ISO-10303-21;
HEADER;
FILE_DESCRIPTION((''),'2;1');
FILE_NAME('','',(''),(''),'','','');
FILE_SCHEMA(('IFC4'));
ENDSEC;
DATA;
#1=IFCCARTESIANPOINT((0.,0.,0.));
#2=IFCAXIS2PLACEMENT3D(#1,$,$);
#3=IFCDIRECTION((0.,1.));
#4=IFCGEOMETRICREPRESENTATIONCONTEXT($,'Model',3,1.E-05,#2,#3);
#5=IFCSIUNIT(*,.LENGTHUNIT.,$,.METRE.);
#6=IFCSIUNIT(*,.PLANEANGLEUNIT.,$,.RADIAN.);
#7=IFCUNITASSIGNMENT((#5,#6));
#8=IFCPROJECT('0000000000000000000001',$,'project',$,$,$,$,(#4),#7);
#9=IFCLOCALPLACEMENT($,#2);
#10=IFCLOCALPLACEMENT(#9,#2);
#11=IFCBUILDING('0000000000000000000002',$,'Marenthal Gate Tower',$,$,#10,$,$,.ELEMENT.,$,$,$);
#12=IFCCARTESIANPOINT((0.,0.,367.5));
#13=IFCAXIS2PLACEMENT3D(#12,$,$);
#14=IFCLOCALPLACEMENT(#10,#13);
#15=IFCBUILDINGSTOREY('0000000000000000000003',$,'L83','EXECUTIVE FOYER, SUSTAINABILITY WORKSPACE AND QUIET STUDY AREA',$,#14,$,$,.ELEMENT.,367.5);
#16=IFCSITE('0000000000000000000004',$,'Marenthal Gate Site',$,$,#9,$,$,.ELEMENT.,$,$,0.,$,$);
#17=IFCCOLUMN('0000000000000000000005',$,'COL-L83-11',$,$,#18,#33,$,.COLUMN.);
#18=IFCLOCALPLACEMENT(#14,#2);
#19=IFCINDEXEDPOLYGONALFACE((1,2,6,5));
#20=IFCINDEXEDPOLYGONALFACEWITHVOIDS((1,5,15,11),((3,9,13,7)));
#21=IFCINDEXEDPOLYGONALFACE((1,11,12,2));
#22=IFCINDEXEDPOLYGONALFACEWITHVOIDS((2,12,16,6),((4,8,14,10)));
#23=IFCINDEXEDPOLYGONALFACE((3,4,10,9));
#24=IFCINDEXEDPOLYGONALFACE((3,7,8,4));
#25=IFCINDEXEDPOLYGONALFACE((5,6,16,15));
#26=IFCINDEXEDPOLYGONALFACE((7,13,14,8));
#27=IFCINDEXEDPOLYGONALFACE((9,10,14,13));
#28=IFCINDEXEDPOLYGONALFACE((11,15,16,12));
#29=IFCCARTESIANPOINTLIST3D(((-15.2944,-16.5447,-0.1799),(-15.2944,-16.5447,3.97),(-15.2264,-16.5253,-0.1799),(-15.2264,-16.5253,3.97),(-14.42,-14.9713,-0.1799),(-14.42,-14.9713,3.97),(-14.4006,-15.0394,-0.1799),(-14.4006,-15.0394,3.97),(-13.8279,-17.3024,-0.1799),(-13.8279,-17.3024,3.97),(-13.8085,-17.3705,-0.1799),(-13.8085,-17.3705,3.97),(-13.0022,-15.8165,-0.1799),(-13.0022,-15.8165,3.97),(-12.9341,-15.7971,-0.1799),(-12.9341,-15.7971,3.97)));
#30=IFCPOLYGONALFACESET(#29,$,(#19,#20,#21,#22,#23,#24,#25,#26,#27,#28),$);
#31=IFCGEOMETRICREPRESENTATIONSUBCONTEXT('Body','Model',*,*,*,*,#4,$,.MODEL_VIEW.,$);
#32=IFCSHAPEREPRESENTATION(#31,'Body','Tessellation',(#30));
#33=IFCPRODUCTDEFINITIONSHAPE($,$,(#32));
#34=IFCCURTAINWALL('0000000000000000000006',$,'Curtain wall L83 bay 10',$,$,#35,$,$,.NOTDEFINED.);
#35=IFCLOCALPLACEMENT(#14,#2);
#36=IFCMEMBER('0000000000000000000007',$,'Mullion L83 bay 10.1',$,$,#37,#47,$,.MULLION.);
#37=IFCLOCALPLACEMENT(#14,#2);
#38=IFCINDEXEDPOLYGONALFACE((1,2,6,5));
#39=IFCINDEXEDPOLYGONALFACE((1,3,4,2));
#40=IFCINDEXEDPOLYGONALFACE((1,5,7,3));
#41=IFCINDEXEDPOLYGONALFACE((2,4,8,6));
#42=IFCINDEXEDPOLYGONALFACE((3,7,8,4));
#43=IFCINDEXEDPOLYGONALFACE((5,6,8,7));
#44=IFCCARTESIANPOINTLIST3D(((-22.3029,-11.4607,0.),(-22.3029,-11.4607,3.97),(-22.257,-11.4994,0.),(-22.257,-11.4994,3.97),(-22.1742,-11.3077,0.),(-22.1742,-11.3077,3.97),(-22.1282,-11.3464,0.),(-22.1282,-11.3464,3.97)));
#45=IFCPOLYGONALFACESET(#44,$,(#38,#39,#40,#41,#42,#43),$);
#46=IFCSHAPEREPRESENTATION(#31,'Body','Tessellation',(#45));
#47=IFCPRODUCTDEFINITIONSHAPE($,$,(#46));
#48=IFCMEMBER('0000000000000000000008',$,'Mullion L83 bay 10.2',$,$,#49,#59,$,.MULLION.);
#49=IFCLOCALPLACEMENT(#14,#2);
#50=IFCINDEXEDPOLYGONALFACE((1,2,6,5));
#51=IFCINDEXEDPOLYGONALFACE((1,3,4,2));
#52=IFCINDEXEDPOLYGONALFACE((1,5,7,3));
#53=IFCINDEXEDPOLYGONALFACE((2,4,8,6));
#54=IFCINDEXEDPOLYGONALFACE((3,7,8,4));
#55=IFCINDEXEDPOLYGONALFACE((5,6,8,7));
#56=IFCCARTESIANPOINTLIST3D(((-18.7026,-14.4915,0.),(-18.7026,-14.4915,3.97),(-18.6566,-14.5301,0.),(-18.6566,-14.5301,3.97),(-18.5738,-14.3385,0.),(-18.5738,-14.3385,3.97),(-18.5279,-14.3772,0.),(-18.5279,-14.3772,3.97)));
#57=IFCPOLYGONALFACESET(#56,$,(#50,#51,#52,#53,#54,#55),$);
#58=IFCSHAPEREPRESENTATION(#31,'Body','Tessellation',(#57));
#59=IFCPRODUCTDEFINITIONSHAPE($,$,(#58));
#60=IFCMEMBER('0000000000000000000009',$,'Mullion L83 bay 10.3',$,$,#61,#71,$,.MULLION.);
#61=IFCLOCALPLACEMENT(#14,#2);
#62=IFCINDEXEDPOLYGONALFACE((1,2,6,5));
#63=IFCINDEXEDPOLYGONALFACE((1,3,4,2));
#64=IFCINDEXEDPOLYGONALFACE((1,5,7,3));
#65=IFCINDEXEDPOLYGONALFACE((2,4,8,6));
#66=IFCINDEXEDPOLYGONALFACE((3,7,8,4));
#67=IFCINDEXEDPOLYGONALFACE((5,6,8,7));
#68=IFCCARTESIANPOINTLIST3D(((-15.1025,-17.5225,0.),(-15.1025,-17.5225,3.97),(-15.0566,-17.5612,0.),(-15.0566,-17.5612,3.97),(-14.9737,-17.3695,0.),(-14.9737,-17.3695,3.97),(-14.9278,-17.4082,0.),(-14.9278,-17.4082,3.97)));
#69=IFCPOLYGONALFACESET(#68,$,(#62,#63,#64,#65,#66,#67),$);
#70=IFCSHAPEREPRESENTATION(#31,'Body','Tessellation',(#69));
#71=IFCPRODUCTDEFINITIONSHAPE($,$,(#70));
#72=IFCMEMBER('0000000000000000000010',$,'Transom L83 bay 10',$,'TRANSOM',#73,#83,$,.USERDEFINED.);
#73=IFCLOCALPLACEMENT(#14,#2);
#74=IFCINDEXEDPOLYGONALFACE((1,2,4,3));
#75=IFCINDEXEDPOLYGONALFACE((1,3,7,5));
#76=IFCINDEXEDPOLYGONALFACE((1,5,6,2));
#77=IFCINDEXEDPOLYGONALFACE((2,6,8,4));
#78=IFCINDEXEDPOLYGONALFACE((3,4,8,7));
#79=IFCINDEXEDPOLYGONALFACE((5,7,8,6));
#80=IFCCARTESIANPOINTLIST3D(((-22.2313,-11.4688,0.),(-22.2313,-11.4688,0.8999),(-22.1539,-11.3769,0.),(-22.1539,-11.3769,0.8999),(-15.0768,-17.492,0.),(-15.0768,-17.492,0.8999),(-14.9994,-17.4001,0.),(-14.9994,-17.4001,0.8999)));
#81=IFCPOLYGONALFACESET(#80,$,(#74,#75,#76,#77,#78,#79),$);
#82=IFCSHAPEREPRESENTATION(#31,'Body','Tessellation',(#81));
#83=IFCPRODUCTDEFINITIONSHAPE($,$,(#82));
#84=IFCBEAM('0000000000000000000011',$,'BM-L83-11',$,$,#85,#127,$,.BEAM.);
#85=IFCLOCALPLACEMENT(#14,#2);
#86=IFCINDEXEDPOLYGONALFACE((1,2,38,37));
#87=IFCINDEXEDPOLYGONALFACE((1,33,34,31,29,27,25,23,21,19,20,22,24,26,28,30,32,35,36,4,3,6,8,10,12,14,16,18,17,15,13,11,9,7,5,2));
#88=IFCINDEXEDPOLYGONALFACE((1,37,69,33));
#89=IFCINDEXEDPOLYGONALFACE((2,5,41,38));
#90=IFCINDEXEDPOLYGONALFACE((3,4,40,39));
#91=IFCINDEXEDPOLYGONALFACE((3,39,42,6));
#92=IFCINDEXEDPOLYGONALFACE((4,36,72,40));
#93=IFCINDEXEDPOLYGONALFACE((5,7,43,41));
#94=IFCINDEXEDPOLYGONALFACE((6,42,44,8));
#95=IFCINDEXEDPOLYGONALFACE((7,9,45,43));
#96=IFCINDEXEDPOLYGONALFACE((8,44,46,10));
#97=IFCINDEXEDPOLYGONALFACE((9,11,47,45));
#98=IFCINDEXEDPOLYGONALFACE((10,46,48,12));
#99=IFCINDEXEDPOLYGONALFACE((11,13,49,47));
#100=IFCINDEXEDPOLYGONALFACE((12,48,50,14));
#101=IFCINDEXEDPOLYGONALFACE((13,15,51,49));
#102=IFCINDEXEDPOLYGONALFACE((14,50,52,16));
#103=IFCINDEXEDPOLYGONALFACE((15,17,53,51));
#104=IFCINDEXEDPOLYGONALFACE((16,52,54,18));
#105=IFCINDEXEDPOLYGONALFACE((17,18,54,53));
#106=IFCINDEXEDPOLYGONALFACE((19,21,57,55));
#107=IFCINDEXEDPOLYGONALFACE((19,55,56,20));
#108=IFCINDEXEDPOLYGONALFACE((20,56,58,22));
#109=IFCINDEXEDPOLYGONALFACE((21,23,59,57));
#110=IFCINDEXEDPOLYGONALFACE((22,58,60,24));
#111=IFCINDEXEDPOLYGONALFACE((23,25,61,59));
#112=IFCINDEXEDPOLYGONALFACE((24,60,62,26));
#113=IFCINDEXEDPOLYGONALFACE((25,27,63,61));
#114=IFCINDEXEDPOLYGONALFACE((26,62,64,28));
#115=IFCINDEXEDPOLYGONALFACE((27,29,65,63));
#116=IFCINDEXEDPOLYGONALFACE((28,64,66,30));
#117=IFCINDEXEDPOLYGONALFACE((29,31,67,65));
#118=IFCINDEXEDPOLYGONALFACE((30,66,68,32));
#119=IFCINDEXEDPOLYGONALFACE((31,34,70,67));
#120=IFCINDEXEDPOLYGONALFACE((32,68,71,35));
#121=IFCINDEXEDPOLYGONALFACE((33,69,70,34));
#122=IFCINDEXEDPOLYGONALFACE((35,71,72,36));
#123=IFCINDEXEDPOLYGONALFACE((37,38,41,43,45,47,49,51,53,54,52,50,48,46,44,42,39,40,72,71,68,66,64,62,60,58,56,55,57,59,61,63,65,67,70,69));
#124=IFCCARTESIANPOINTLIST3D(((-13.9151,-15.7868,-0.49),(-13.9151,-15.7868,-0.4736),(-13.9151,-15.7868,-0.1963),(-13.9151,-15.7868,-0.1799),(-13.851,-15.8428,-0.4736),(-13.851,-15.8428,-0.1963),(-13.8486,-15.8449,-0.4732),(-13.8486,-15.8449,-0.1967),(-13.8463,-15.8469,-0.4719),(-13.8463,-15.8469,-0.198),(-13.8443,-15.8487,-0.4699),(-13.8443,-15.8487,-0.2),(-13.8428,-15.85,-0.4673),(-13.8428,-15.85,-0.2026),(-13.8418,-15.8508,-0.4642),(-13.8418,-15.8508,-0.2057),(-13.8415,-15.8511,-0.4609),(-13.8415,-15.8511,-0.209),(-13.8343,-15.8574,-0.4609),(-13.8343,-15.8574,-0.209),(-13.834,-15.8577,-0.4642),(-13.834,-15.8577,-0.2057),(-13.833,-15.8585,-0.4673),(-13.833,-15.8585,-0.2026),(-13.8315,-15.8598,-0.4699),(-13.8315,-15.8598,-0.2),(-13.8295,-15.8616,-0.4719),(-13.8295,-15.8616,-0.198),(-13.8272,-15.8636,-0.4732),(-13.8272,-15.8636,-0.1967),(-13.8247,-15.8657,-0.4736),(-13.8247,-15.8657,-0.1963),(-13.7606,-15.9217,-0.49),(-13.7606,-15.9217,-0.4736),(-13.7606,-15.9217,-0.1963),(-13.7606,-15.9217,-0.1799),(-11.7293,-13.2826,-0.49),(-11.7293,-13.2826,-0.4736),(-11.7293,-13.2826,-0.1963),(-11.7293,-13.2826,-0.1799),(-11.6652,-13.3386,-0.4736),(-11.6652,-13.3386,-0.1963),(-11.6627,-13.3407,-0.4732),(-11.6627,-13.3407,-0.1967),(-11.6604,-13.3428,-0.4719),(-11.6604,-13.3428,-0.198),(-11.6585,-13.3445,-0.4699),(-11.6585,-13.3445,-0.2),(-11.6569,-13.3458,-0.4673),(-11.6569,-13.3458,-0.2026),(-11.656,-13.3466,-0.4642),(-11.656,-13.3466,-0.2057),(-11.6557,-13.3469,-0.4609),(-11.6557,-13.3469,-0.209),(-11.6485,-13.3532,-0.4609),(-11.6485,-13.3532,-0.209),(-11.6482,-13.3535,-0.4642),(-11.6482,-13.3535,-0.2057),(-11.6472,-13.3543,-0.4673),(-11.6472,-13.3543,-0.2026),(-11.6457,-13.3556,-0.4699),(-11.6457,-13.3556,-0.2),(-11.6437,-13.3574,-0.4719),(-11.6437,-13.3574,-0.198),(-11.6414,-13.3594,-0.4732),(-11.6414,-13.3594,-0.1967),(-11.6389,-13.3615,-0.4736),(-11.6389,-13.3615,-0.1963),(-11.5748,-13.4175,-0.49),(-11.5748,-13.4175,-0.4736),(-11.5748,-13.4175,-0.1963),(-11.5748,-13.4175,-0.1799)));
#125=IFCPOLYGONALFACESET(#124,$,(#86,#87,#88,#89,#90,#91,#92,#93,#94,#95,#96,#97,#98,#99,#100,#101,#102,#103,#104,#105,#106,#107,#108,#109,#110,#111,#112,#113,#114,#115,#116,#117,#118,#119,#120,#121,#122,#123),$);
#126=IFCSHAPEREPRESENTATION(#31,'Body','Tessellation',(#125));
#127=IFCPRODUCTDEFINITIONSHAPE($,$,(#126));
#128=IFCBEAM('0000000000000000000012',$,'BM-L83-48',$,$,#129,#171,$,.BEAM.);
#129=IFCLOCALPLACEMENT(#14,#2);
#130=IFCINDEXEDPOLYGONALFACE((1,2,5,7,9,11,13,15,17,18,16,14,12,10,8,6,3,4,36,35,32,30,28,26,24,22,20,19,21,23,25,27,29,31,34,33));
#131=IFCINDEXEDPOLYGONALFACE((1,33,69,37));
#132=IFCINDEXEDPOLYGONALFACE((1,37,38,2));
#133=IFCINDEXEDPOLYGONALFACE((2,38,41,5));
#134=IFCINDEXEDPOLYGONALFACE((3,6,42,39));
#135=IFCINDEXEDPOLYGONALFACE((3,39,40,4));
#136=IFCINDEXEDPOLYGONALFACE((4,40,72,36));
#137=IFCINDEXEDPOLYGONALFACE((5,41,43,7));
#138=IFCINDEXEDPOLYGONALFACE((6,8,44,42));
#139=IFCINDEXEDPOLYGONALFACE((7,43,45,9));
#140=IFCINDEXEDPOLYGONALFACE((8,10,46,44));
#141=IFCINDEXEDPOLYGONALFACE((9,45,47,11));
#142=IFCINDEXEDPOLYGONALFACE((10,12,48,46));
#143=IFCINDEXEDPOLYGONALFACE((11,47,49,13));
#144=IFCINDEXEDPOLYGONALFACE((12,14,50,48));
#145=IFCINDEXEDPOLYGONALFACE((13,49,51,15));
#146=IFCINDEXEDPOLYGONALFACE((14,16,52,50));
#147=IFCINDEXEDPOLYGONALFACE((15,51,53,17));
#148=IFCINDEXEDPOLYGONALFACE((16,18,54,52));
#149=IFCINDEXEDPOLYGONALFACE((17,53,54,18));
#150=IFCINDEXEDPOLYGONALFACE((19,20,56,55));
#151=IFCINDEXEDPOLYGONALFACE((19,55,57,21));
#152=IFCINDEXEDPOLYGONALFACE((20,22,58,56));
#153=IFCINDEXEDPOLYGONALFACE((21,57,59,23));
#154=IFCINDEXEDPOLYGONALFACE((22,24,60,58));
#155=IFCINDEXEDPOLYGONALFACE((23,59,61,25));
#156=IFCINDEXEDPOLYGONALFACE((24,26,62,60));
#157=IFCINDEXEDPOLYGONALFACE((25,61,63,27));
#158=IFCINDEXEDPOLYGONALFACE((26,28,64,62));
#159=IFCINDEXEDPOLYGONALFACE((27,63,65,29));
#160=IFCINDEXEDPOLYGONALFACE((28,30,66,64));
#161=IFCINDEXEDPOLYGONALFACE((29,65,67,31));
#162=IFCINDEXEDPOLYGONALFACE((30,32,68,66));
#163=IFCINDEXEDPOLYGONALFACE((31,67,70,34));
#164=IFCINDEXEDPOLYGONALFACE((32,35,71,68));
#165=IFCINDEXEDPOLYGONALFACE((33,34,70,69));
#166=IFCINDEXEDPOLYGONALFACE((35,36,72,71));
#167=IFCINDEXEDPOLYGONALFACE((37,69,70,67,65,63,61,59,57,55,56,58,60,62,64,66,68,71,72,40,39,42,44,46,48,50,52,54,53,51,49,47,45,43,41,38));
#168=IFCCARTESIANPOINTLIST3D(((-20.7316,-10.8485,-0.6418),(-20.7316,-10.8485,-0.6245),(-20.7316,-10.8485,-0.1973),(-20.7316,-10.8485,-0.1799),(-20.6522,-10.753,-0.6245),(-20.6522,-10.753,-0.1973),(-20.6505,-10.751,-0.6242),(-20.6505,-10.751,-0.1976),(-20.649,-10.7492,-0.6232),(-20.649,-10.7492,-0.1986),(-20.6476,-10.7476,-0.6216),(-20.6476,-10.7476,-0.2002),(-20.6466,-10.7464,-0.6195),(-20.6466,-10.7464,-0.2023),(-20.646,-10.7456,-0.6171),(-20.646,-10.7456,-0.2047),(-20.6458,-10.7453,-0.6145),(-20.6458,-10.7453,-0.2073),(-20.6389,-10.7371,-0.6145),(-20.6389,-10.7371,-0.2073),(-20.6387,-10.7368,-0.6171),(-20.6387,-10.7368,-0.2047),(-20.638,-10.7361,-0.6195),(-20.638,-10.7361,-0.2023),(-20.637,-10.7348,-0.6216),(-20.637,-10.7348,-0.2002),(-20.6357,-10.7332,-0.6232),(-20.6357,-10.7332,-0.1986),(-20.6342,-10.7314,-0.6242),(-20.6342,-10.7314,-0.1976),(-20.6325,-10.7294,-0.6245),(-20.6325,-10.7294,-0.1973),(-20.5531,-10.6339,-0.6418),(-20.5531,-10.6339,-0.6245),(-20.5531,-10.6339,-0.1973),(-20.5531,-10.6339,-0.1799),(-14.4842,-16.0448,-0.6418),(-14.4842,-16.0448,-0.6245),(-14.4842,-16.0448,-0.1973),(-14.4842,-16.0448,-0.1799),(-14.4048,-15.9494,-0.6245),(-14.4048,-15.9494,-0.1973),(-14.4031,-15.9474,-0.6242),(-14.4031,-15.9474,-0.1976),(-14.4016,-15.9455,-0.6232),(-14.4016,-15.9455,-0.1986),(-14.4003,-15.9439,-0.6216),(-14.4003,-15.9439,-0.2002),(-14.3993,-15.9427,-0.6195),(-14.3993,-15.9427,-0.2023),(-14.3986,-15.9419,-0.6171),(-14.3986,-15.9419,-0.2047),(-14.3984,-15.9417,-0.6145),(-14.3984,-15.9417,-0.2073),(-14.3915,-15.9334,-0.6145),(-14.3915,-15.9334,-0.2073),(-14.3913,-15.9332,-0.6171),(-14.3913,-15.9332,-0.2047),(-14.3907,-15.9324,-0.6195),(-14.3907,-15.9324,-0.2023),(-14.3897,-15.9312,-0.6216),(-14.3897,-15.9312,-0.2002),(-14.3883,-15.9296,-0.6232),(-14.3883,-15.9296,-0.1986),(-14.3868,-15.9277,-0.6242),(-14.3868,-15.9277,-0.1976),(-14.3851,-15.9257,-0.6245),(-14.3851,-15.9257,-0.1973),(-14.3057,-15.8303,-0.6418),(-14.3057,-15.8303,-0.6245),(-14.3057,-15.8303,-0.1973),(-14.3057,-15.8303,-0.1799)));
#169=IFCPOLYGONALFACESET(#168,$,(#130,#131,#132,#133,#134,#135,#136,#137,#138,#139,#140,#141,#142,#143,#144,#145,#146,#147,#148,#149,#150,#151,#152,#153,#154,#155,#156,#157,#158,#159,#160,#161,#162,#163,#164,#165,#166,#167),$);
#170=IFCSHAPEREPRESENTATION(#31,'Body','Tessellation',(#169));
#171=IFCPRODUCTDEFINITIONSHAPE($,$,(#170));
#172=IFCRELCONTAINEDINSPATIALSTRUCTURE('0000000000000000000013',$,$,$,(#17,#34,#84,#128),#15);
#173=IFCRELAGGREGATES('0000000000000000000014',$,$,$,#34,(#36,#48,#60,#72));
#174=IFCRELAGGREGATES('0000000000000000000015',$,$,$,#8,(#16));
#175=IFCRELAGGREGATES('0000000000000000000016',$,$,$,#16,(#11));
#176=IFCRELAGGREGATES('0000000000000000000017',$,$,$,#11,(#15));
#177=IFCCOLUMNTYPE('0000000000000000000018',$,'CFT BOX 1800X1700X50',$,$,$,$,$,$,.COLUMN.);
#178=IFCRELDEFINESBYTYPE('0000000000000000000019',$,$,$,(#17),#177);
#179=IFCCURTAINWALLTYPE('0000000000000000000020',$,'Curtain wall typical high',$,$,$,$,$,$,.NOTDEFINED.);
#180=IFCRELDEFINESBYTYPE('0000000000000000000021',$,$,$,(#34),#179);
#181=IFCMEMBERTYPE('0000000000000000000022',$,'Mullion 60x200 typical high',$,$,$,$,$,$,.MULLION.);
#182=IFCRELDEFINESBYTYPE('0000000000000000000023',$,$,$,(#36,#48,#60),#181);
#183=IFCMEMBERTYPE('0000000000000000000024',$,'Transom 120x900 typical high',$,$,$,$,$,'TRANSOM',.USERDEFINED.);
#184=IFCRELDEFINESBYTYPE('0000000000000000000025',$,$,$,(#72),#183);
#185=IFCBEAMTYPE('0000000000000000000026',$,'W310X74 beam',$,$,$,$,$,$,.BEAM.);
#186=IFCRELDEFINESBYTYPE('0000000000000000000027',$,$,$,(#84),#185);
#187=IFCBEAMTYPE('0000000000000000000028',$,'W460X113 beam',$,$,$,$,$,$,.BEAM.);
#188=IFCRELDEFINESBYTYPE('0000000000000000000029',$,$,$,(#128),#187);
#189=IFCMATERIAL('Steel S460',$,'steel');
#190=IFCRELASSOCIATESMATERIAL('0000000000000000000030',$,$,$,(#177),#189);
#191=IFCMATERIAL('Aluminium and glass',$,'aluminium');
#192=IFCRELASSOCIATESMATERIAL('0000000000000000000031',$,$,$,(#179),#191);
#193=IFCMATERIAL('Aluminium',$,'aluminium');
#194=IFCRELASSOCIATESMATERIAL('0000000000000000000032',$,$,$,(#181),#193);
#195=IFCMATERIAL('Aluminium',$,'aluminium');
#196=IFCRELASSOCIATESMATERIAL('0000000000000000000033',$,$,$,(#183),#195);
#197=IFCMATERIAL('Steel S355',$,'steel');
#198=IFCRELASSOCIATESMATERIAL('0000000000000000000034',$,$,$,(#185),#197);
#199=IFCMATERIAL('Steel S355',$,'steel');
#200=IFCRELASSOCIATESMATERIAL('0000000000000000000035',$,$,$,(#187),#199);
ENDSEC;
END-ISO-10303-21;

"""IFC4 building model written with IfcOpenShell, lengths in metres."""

from ifc_helpers import new_model, si_unit, direction, frame, origin, origin_2d, place, context, subcontext, project, spatial, rectangle, hollow_rectangle, i_section, extrude, material, material_profile, profile_set, type_object, element, aggregate, save


model = new_model("IFC4")

# Units and contexts
model_context = context("Model", 3, precision=1e-05, world=origin(), true_north=direction((0.0, 1.0)))
body_context = subcontext(model_context, "Body", "Model", "MODEL_VIEW")
ifc_project = project(units=[si_unit("LENGTHUNIT", "METRE"), si_unit("PLANEANGLEUNIT", "RADIAN")], contexts=[model_context])

# Site, building, storey
site_placement = place(None, origin())
site = spatial("IfcSite", under=ifc_project, at=site_placement, Name="Marenthal Gate Site", CompositionType="ELEMENT", RefElevation=0.0)
building_placement = place(site_placement, origin())
building = spatial("IfcBuilding", under=site, at=building_placement, Name="Marenthal Gate Tower", CompositionType="ELEMENT")
storey_placement = place(building_placement, frame((0.0, 0.0, 367.5)))
storey = spatial("IfcBuildingStorey", under=building, at=storey_placement, Name="L83", Description="EXECUTIVE FOYER, SUSTAINABILITY WORKSPACE AND QUIET STUDY AREA", CompositionType="ELEMENT", Elevation=367.5)

# Column
ifc_material_1 = material(Name="Steel S460", Category="steel")
ifc_material_profile_1 = material_profile(ifc_material_1, hollow_rectangle(XDim=1.7, YDim=1.8, WallThickness=0.05, at=origin_2d()), Name="CFT BOX 1800X1700X50")
ifc_material_2 = material(Name="Concrete 70 MPa", Category="concrete")
ifc_material_profile_2 = material_profile(ifc_material_2, rectangle(XDim=1.6001, YDim=1.7, at=origin_2d()), Name="CFT BOX 1800X1700X50 INFILL")
ifc_profile_set_1 = profile_set([ifc_material_profile_1, ifc_material_profile_2], Name="Steel S460 shell, Concrete 70 MPa infill")
column_type = type_object("IfcColumnType", Name="CFT BOX 1800X1700X50", PredefinedType="COLUMN", material=ifc_profile_set_1)
column_placement = place(storey_placement, frame((-14.1143, -16.1709, -0.1799), z_axis=(0.0, 0.0, 1.0), x_axis=(-0.874089, 0.485765, 0.0)))
element("IfcColumn", 1, at=column_placement, inside=storey, type_object=column_type, Name="COL-L83-11", PredefinedType="COLUMN", context=body_context, shape_type="SweptSolid", body=[
    extrude(hollow_rectangle(XDim=1.7, YDim=1.8, WallThickness=0.05, at=origin_2d()), origin(), (0.0, 0.0, 1.0), 4.1499),
])

# Curtain wall, members
ifc_material_3 = material(Name="Aluminium and glass", Category="aluminium")
curtain_wall_type = type_object("IfcCurtainWallType", Name="Curtain wall typical high", PredefinedType="NOTDEFINED", material=ifc_material_3)
curtain_wall_placement = place(storey_placement, origin())
curtain_wall = element("IfcCurtainWall", 2, at=curtain_wall_placement, inside=storey, type_object=curtain_wall_type, Name="Curtain wall L83 bay 10", PredefinedType="NOTDEFINED")
ifc_material_4 = material(Name="Aluminium", Category="aluminium")
ifc_material_profile_3 = material_profile(ifc_material_4, rectangle(XDim=0.2, YDim=0.0601, at=origin_2d()), Name="60x200 aluminium mullion")
ifc_profile_set_2 = profile_set([ifc_material_profile_3], Name="Aluminium")
member_type_1 = type_object("IfcMemberType", Name="Mullion 60x200 typical high", PredefinedType="MULLION", material=ifc_profile_set_2)
member_1_placement = place(storey_placement, frame((-22.2156, -11.4036, 0.0), z_axis=(0.0, 0.0, 1.0), x_axis=(0.644023, 0.765006, 0.0)))
member_1 = element("IfcMember", 3, at=member_1_placement, type_object=member_type_1, Name="Mullion L83 bay 10.1", PredefinedType="MULLION", context=body_context, shape_type="SweptSolid", body=[
    extrude(rectangle(XDim=0.2, YDim=0.0601, at=origin_2d()), origin(), (0.0, 0.0, 1.0), 3.97),
])
member_2_placement = place(storey_placement, frame((-18.6152, -14.4343, 0.0), z_axis=(0.0, 0.0, 1.0), x_axis=(0.644023, 0.765006, 0.0)))
member_2 = element("IfcMember", 4, at=member_2_placement, type_object=member_type_1, Name="Mullion L83 bay 10.2", PredefinedType="MULLION", context=body_context, shape_type="SweptSolid", body=[
    extrude(rectangle(XDim=0.2, YDim=0.0601, at=origin_2d()), origin(), (0.0, 0.0, 1.0), 3.97),
])
member_3_placement = place(storey_placement, frame((-15.0151, -17.4653, 0.0), z_axis=(0.0, 0.0, 1.0), x_axis=(0.644023, 0.765006, 0.0)))
member_3 = element("IfcMember", 5, at=member_3_placement, type_object=member_type_1, Name="Mullion L83 bay 10.3", PredefinedType="MULLION", context=body_context, shape_type="SweptSolid", body=[
    extrude(rectangle(XDim=0.2, YDim=0.0601, at=origin_2d()), origin(), (0.0, 0.0, 1.0), 3.97),
])
ifc_material_5 = material(Name="Aluminium", Category="aluminium")
ifc_material_profile_4 = material_profile(ifc_material_5, rectangle(XDim=0.1201, YDim=0.8999, at=origin_2d()), Name="120x900 aluminium transom")
ifc_profile_set_3 = profile_set([ifc_material_profile_4], Name="Aluminium")
member_type_2 = type_object("IfcMemberType", Name="Transom 120x900 typical high", ElementType="TRANSOM", PredefinedType="USERDEFINED", material=ifc_profile_set_3)
member_4_placement = place(storey_placement, frame((-22.1926, -11.4229, 0.45), z_axis=(0.765, -0.64403, 0.0), x_axis=(0.64403, 0.765, 0.0)))
member_4 = element("IfcMember", 6, at=member_4_placement, type_object=member_type_2, Name="Transom L83 bay 10", ObjectType="TRANSOM", PredefinedType="USERDEFINED", context=body_context, shape_type="SweptSolid", body=[
    extrude(rectangle(XDim=0.1201, YDim=0.8999, at=origin_2d()), origin(), (0.0, 0.0, 1.0), 9.3523),
])

# Beams
ifc_material_6 = material(Name="Steel S355", Category="steel")
ifc_material_profile_5 = material_profile(ifc_material_6, i_section(OverallWidth=0.2051, OverallDepth=0.3101, WebThickness=0.0095, FlangeThickness=0.0164, FilletRadius=0.0127, at=origin_2d()), Name="W310X74")
ifc_profile_set_4 = profile_set([ifc_material_profile_5], Name="Steel S355")
beam_type_1 = type_object("IfcBeamType", Name="W310X74 beam", PredefinedType="BEAM", material=ifc_profile_set_4)
beam_1_placement = place(storey_placement, frame((-13.8379, -15.8542, -0.335), z_axis=(0.657594, 0.753372, 0.0), x_axis=(-0.753372, 0.657594, 0.0)))
element("IfcBeam", 7, at=beam_1_placement, inside=storey, type_object=beam_type_1, Name="BM-L83-11", PredefinedType="BEAM", context=body_context, shape_type="SweptSolid", body=[
    extrude(i_section(OverallWidth=0.2051, OverallDepth=0.3101, WebThickness=0.0095, FlangeThickness=0.0164, FilletRadius=0.0127, at=origin_2d()), origin(), (0.0, 0.0, 1.0), 3.324),
])
ifc_material_7 = material(Name="Steel S355", Category="steel")
ifc_material_profile_6 = material_profile(ifc_material_7, i_section(OverallWidth=0.2791, OverallDepth=0.4619, WebThickness=0.0107, FlangeThickness=0.0173, FilletRadius=0.01, at=origin_2d()), Name="W460X113")
ifc_profile_set_5 = profile_set([ifc_material_profile_6], Name="Steel S355")
beam_type_2 = type_object("IfcBeamType", Name="W460X113 beam", PredefinedType="BEAM", material=ifc_profile_set_5)
beam_2_placement = place(storey_placement, frame((-20.6423, -10.7412, -0.4109), z_axis=(0.768814, -0.639472, 0.0), x_axis=(0.639472, 0.768814, 0.0)))
element("IfcBeam", 8, at=beam_2_placement, inside=storey, type_object=beam_type_2, Name="BM-L83-48", PredefinedType="BEAM", context=body_context, shape_type="SweptSolid", body=[
    extrude(i_section(OverallWidth=0.2791, OverallDepth=0.4619, WebThickness=0.0107, FlangeThickness=0.0173, FilletRadius=0.01, at=origin_2d()), origin(), (0.0, 0.0, 1.0), 8.126),
])

aggregate(curtain_wall, [member_1, member_2, member_3, member_4])

save(model, "model.ifc")
